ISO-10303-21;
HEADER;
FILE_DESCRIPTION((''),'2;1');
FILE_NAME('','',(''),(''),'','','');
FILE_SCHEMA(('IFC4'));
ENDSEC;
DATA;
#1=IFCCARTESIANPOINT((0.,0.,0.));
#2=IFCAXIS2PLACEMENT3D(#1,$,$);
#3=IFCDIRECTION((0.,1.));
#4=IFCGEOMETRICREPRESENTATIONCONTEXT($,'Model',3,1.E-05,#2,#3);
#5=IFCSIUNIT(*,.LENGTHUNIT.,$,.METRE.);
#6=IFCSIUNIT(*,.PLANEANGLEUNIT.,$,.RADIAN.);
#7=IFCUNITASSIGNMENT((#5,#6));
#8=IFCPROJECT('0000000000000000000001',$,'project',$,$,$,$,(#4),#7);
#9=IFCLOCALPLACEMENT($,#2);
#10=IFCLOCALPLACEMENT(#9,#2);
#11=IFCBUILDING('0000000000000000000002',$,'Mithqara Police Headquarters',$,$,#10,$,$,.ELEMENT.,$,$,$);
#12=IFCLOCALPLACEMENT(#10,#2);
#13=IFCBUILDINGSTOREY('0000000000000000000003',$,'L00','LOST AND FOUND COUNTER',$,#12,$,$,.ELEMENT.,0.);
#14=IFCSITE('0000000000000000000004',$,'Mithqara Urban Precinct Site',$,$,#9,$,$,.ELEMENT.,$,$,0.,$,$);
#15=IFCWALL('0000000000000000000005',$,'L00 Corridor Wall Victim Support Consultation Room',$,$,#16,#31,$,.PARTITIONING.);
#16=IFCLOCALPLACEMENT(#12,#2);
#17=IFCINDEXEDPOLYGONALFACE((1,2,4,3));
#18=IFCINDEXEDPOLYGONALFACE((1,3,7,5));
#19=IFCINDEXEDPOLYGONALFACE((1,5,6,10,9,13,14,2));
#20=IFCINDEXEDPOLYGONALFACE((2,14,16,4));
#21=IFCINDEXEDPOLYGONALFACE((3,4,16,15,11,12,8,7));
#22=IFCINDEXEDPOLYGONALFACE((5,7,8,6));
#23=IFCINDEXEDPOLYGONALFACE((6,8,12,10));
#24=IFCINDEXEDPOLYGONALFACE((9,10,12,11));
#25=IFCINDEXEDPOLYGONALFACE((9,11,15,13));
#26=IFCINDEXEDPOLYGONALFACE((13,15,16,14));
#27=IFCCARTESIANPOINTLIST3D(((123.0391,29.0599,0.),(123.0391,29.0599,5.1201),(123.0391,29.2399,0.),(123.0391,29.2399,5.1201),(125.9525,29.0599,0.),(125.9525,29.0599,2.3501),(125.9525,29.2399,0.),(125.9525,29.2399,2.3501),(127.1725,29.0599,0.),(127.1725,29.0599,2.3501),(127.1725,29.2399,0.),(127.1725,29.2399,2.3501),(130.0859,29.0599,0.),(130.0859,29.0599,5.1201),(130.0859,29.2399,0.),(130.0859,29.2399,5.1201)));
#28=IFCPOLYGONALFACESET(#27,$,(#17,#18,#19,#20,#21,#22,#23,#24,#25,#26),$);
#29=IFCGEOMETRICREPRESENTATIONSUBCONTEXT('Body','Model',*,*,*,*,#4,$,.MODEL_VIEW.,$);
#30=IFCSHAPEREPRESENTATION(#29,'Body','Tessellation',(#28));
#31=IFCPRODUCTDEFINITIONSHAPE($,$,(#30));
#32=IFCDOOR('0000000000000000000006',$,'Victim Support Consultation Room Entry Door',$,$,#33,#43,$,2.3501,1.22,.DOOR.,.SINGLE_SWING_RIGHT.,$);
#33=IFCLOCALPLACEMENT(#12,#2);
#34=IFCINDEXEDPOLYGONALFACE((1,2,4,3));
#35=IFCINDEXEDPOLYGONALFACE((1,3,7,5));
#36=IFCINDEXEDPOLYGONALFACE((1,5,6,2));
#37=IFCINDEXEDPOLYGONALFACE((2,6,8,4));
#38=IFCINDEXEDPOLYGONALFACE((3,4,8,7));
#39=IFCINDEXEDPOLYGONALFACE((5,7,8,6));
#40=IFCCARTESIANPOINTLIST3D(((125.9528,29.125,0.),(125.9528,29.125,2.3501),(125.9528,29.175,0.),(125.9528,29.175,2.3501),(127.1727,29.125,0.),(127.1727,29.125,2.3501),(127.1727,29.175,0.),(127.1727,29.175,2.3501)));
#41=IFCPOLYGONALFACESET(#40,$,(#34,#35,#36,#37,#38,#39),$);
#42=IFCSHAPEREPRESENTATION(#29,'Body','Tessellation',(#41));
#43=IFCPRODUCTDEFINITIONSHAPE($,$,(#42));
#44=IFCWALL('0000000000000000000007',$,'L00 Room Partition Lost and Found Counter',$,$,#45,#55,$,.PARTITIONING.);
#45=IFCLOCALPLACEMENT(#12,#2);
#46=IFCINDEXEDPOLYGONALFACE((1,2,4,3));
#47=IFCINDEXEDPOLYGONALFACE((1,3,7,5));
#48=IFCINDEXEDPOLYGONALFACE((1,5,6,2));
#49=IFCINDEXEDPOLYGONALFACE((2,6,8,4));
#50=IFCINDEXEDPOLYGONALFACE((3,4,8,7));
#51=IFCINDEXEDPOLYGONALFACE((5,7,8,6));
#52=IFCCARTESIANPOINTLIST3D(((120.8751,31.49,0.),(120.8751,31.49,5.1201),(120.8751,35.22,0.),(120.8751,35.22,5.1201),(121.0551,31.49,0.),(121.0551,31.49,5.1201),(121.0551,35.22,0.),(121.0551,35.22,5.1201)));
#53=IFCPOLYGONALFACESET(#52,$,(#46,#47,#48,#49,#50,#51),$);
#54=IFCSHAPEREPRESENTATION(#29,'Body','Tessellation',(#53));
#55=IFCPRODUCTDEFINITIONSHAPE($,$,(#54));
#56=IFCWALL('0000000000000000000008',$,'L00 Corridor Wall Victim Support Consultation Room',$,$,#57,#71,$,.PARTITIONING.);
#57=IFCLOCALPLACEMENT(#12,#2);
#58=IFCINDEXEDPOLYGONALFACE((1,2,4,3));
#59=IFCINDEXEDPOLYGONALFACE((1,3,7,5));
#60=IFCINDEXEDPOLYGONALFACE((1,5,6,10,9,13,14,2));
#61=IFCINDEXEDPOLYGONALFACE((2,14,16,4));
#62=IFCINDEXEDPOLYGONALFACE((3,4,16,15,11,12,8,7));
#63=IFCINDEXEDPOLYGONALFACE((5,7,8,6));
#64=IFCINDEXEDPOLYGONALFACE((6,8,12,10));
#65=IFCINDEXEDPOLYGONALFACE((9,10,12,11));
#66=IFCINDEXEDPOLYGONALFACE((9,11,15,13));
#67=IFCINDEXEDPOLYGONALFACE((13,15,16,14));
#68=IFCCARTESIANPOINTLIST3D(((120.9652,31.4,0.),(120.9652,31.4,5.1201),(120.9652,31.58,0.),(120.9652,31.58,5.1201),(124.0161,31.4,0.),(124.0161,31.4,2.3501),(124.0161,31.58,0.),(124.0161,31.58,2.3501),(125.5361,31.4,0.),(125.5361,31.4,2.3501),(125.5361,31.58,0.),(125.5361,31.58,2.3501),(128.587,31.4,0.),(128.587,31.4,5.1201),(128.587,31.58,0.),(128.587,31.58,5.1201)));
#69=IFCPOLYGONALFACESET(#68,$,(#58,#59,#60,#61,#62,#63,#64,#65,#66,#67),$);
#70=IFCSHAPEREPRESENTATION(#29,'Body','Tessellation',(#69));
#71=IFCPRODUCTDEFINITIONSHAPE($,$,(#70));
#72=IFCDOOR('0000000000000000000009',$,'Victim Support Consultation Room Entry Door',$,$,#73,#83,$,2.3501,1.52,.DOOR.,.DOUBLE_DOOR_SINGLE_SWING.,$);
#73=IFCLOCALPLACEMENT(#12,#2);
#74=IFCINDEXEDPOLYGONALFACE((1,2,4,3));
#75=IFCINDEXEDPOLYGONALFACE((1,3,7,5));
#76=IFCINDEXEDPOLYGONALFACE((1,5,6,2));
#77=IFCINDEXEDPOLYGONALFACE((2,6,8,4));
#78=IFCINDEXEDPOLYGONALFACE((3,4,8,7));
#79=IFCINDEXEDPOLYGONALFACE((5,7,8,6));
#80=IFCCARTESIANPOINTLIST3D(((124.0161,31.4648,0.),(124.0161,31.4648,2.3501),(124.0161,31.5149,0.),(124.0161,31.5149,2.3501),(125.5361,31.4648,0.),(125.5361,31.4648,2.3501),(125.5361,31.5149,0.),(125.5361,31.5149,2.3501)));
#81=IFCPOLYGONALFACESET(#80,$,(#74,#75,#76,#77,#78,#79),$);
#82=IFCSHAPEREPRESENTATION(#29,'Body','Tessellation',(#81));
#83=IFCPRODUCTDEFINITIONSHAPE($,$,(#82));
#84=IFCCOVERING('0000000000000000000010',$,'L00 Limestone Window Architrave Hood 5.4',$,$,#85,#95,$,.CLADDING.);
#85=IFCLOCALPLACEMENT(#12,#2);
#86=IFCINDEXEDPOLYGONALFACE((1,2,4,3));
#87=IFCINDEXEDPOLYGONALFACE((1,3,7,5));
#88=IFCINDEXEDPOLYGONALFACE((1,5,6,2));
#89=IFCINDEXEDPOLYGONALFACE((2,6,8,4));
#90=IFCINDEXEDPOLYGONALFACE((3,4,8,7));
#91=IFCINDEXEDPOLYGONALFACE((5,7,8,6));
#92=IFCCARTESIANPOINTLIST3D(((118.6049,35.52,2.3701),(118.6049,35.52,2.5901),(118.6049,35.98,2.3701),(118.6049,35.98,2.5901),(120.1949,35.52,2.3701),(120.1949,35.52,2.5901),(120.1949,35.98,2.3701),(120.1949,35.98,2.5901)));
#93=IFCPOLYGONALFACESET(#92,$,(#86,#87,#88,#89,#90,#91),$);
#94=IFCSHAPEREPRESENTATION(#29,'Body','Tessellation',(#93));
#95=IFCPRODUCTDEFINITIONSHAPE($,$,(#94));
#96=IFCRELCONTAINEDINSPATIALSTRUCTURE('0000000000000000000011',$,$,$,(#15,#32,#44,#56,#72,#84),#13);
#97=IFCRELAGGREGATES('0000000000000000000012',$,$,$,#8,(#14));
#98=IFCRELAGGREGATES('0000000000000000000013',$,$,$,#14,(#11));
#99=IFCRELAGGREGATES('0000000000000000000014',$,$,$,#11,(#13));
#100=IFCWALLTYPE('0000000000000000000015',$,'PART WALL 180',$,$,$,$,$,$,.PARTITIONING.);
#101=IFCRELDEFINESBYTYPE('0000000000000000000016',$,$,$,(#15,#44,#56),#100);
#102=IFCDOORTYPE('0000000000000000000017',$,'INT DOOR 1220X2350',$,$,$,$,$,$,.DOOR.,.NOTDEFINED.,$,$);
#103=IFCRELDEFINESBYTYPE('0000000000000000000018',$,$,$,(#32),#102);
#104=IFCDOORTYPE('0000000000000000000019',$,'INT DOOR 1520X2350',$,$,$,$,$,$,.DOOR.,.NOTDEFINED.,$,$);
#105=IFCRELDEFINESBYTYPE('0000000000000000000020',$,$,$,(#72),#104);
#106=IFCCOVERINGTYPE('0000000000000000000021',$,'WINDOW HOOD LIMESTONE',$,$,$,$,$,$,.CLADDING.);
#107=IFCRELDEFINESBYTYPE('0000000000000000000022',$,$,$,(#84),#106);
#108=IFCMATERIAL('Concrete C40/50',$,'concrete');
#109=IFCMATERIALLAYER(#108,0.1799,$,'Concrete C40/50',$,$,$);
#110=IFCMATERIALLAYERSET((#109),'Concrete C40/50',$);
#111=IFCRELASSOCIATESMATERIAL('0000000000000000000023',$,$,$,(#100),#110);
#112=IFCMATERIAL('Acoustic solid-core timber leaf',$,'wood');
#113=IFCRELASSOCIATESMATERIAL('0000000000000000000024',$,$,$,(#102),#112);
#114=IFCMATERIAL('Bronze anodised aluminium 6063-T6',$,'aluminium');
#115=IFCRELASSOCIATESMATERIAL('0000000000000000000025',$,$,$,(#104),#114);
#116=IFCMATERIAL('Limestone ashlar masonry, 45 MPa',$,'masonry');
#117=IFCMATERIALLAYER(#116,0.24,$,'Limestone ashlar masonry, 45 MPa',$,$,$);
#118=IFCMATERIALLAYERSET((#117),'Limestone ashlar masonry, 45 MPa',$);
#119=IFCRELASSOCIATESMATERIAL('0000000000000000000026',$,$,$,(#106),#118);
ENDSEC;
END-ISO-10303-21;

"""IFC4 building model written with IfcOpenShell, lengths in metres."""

from ifc_helpers import new_model, si_unit, direction, frame, frame_2d, origin, origin_2d, place, context, subcontext, project, spatial, rectangle, extrude, material, layer, layer_set, type_object, element, fill, save


model = new_model("IFC4")

# Units and contexts
model_context = context("Model", 3, precision=1e-05, world=origin(), true_north=direction((0.0, 1.0)))
body_context = subcontext(model_context, "Body", "Model", "MODEL_VIEW")
ifc_project = project(units=[si_unit("LENGTHUNIT", "METRE"), si_unit("PLANEANGLEUNIT", "RADIAN")], contexts=[model_context])

# Site, building, storey
site_placement = place(None, origin())
site = spatial("IfcSite", under=ifc_project, at=site_placement, Name="Mithqara Urban Precinct Site", CompositionType="ELEMENT", RefElevation=0.0)
building_placement = place(site_placement, origin())
building = spatial("IfcBuilding", under=site, at=building_placement, Name="Mithqara Police Headquarters", CompositionType="ELEMENT")
storey_placement = place(building_placement, origin())
storey = spatial("IfcBuildingStorey", under=building, at=storey_placement, Name="L00", Description="LOST AND FOUND COUNTER", CompositionType="ELEMENT", Elevation=0.0)

# Shared definitions
ifc_material_1 = material(Name="Concrete C40/50", Category="concrete")

# Shared definitions
ifc_material_2 = material(Name="Bronze anodised aluminium 6063-T6", Category="aluminium")

# Wall, opening, door
ifc_layer_1 = layer(ifc_material_1, 0.1799, Name="Concrete C40/50")
ifc_layer_set_1 = layer_set([ifc_layer_1], Name="Concrete C40/50")
wall_type = type_object("IfcWallType", Name="PART WALL 180", PredefinedType="PARTITIONING", material=ifc_layer_set_1)
ifc_material_3 = material(Name="Acoustic solid-core timber leaf", Category="wood")
wall_1_placement = place(storey_placement, frame((123.0391, 29.1499, 0.0), z_axis=(0.0, 0.0, 1.0), x_axis=(1.0, 0.0, 0.0)))
wall_1 = element("IfcWall", 1, at=wall_1_placement, inside=storey, type_object=wall_type, Name="L00 Corridor Wall Victim Support Consultation Room", PredefinedType="PARTITIONING", context=body_context, shape_type="SweptSolid", body=[
    extrude(rectangle(XDim=7.0469, YDim=0.1799, at=frame_2d((3.5234, 0.0))), origin(), (0.0, 0.0, 1.0), 5.1201),
])
opening_1_placement = place(wall_1_placement, frame((2.9136, 0.0, 0.0)))
opening_1 = element("IfcOpeningElement", 2, at=opening_1_placement, cuts=wall_1, PredefinedType="OPENING", context=body_context, shape_type="SweptSolid", body=[
    extrude(rectangle(XDim=1.22, YDim=2.3501, at=frame_2d((0.6099, 1.175))), frame((0.0, 0.1001, 0.0), z_axis=(0.0, -1.0, 0.0), x_axis=(1.0, 0.0, 0.0)), (0.0, 0.0, 1.0), 0.2),
])
door_type_1 = type_object("IfcDoorType", Name="INT DOOR 1220X2350", OperationType="NOTDEFINED", PredefinedType="DOOR", material=ifc_material_3)
door_1_placement = place(opening_1_placement, frame((1.22, 0.0, 0.0), z_axis=(0.0, 0.0, 1.0), x_axis=(-1.0, 0.0, 0.0)))
door_1 = element("IfcDoor", 3, at=door_1_placement, inside=storey, type_object=door_type_1, Name="Victim Support Consultation Room Entry Door", OperationType="SINGLE_SWING_RIGHT", OverallHeight=2.3501, OverallWidth=1.22, PredefinedType="DOOR", context=body_context, shape_type="SweptSolid", body=[
    extrude(rectangle(XDim=1.22, YDim=2.3501, at=frame_2d((0.6099, 1.175))), frame((0.0, 0.0249, 0.0), z_axis=(0.0, -1.0, 0.0), x_axis=(1.0, 0.0, 0.0)), (0.0, 0.0, 1.0), 0.05),
])
fill(opening_1, door_1)

# Wall
wall_2_placement = place(storey_placement, frame((120.9651, 31.49, 0.0), z_axis=(0.0, 0.0, 1.0), x_axis=(0.0, 1.0, 0.0)))
element("IfcWall", 4, at=wall_2_placement, inside=storey, type_object=wall_type, Name="L00 Room Partition Lost and Found Counter", PredefinedType="PARTITIONING", context=body_context, shape_type="SweptSolid", body=[
    extrude(rectangle(XDim=3.73, YDim=0.1799, at=frame_2d((1.865, 0.0))), origin(), (0.0, 0.0, 1.0), 5.1201),
])

# Wall, opening, door
wall_3_placement = place(storey_placement, frame((120.9651, 31.49, 0.0), z_axis=(0.0, 0.0, 1.0), x_axis=(1.0, 0.0, 0.0)))
wall_3 = element("IfcWall", 5, at=wall_3_placement, inside=storey, type_object=wall_type, Name="L00 Corridor Wall Victim Support Consultation Room", PredefinedType="PARTITIONING", context=body_context, shape_type="SweptSolid", body=[
    extrude(rectangle(XDim=7.6218, YDim=0.1799, at=frame_2d((3.811, 0.0))), origin(), (0.0, 0.0, 1.0), 5.1201),
])
opening_2_placement = place(wall_3_placement, frame((3.051, 0.0, 0.0)))
opening_2 = element("IfcOpeningElement", 6, at=opening_2_placement, cuts=wall_3, PredefinedType="OPENING", context=body_context, shape_type="SweptSolid", body=[
    extrude(rectangle(XDim=1.52, YDim=2.3501, at=frame_2d((0.76, 1.175))), frame((0.0, 0.1001, 0.0), z_axis=(0.0, -1.0, 0.0), x_axis=(1.0, 0.0, 0.0)), (0.0, 0.0, 1.0), 0.2),
])
door_type_2 = type_object("IfcDoorType", Name="INT DOOR 1520X2350", OperationType="NOTDEFINED", PredefinedType="DOOR", material=ifc_material_2)
door_2_placement = place(opening_2_placement, origin())
door_2 = element("IfcDoor", 7, at=door_2_placement, inside=storey, type_object=door_type_2, Name="Victim Support Consultation Room Entry Door", OperationType="DOUBLE_DOOR_SINGLE_SWING", OverallHeight=2.3501, OverallWidth=1.52, PredefinedType="DOOR", context=body_context, shape_type="SweptSolid", body=[
    extrude(rectangle(XDim=1.52, YDim=2.3501, at=frame_2d((0.76, 1.175))), frame((0.0, 0.0249, 0.0), z_axis=(0.0, -1.0, 0.0), x_axis=(1.0, 0.0, 0.0)), (0.0, 0.0, 1.0), 0.05),
])
fill(opening_2, door_2)

# Covering
ifc_material_4 = material(Name="Limestone ashlar masonry, 45 MPa", Category="masonry")
ifc_layer_2 = layer(ifc_material_4, 0.24, Name="Limestone ashlar masonry, 45 MPa")
ifc_layer_set_2 = layer_set([ifc_layer_2], Name="Limestone ashlar masonry, 45 MPa")
covering_type = type_object("IfcCoveringType", Name="WINDOW HOOD LIMESTONE", PredefinedType="CLADDING", material=ifc_layer_set_2)
covering_placement = place(storey_placement, frame((119.3999, 35.75, 2.3701), z_axis=(0.0, 0.0, 1.0), x_axis=(1.0, 0.0, 0.0)))
element("IfcCovering", 8, at=covering_placement, inside=storey, type_object=covering_type, Name="L00 Limestone Window Architrave Hood 5.4", PredefinedType="CLADDING", context=body_context, shape_type="SweptSolid", body=[
    extrude(rectangle(XDim=1.5901, YDim=0.46, at=origin_2d()), origin(), (0.0, 0.0, 1.0), 0.22),
])

save(model, "model.ifc")
